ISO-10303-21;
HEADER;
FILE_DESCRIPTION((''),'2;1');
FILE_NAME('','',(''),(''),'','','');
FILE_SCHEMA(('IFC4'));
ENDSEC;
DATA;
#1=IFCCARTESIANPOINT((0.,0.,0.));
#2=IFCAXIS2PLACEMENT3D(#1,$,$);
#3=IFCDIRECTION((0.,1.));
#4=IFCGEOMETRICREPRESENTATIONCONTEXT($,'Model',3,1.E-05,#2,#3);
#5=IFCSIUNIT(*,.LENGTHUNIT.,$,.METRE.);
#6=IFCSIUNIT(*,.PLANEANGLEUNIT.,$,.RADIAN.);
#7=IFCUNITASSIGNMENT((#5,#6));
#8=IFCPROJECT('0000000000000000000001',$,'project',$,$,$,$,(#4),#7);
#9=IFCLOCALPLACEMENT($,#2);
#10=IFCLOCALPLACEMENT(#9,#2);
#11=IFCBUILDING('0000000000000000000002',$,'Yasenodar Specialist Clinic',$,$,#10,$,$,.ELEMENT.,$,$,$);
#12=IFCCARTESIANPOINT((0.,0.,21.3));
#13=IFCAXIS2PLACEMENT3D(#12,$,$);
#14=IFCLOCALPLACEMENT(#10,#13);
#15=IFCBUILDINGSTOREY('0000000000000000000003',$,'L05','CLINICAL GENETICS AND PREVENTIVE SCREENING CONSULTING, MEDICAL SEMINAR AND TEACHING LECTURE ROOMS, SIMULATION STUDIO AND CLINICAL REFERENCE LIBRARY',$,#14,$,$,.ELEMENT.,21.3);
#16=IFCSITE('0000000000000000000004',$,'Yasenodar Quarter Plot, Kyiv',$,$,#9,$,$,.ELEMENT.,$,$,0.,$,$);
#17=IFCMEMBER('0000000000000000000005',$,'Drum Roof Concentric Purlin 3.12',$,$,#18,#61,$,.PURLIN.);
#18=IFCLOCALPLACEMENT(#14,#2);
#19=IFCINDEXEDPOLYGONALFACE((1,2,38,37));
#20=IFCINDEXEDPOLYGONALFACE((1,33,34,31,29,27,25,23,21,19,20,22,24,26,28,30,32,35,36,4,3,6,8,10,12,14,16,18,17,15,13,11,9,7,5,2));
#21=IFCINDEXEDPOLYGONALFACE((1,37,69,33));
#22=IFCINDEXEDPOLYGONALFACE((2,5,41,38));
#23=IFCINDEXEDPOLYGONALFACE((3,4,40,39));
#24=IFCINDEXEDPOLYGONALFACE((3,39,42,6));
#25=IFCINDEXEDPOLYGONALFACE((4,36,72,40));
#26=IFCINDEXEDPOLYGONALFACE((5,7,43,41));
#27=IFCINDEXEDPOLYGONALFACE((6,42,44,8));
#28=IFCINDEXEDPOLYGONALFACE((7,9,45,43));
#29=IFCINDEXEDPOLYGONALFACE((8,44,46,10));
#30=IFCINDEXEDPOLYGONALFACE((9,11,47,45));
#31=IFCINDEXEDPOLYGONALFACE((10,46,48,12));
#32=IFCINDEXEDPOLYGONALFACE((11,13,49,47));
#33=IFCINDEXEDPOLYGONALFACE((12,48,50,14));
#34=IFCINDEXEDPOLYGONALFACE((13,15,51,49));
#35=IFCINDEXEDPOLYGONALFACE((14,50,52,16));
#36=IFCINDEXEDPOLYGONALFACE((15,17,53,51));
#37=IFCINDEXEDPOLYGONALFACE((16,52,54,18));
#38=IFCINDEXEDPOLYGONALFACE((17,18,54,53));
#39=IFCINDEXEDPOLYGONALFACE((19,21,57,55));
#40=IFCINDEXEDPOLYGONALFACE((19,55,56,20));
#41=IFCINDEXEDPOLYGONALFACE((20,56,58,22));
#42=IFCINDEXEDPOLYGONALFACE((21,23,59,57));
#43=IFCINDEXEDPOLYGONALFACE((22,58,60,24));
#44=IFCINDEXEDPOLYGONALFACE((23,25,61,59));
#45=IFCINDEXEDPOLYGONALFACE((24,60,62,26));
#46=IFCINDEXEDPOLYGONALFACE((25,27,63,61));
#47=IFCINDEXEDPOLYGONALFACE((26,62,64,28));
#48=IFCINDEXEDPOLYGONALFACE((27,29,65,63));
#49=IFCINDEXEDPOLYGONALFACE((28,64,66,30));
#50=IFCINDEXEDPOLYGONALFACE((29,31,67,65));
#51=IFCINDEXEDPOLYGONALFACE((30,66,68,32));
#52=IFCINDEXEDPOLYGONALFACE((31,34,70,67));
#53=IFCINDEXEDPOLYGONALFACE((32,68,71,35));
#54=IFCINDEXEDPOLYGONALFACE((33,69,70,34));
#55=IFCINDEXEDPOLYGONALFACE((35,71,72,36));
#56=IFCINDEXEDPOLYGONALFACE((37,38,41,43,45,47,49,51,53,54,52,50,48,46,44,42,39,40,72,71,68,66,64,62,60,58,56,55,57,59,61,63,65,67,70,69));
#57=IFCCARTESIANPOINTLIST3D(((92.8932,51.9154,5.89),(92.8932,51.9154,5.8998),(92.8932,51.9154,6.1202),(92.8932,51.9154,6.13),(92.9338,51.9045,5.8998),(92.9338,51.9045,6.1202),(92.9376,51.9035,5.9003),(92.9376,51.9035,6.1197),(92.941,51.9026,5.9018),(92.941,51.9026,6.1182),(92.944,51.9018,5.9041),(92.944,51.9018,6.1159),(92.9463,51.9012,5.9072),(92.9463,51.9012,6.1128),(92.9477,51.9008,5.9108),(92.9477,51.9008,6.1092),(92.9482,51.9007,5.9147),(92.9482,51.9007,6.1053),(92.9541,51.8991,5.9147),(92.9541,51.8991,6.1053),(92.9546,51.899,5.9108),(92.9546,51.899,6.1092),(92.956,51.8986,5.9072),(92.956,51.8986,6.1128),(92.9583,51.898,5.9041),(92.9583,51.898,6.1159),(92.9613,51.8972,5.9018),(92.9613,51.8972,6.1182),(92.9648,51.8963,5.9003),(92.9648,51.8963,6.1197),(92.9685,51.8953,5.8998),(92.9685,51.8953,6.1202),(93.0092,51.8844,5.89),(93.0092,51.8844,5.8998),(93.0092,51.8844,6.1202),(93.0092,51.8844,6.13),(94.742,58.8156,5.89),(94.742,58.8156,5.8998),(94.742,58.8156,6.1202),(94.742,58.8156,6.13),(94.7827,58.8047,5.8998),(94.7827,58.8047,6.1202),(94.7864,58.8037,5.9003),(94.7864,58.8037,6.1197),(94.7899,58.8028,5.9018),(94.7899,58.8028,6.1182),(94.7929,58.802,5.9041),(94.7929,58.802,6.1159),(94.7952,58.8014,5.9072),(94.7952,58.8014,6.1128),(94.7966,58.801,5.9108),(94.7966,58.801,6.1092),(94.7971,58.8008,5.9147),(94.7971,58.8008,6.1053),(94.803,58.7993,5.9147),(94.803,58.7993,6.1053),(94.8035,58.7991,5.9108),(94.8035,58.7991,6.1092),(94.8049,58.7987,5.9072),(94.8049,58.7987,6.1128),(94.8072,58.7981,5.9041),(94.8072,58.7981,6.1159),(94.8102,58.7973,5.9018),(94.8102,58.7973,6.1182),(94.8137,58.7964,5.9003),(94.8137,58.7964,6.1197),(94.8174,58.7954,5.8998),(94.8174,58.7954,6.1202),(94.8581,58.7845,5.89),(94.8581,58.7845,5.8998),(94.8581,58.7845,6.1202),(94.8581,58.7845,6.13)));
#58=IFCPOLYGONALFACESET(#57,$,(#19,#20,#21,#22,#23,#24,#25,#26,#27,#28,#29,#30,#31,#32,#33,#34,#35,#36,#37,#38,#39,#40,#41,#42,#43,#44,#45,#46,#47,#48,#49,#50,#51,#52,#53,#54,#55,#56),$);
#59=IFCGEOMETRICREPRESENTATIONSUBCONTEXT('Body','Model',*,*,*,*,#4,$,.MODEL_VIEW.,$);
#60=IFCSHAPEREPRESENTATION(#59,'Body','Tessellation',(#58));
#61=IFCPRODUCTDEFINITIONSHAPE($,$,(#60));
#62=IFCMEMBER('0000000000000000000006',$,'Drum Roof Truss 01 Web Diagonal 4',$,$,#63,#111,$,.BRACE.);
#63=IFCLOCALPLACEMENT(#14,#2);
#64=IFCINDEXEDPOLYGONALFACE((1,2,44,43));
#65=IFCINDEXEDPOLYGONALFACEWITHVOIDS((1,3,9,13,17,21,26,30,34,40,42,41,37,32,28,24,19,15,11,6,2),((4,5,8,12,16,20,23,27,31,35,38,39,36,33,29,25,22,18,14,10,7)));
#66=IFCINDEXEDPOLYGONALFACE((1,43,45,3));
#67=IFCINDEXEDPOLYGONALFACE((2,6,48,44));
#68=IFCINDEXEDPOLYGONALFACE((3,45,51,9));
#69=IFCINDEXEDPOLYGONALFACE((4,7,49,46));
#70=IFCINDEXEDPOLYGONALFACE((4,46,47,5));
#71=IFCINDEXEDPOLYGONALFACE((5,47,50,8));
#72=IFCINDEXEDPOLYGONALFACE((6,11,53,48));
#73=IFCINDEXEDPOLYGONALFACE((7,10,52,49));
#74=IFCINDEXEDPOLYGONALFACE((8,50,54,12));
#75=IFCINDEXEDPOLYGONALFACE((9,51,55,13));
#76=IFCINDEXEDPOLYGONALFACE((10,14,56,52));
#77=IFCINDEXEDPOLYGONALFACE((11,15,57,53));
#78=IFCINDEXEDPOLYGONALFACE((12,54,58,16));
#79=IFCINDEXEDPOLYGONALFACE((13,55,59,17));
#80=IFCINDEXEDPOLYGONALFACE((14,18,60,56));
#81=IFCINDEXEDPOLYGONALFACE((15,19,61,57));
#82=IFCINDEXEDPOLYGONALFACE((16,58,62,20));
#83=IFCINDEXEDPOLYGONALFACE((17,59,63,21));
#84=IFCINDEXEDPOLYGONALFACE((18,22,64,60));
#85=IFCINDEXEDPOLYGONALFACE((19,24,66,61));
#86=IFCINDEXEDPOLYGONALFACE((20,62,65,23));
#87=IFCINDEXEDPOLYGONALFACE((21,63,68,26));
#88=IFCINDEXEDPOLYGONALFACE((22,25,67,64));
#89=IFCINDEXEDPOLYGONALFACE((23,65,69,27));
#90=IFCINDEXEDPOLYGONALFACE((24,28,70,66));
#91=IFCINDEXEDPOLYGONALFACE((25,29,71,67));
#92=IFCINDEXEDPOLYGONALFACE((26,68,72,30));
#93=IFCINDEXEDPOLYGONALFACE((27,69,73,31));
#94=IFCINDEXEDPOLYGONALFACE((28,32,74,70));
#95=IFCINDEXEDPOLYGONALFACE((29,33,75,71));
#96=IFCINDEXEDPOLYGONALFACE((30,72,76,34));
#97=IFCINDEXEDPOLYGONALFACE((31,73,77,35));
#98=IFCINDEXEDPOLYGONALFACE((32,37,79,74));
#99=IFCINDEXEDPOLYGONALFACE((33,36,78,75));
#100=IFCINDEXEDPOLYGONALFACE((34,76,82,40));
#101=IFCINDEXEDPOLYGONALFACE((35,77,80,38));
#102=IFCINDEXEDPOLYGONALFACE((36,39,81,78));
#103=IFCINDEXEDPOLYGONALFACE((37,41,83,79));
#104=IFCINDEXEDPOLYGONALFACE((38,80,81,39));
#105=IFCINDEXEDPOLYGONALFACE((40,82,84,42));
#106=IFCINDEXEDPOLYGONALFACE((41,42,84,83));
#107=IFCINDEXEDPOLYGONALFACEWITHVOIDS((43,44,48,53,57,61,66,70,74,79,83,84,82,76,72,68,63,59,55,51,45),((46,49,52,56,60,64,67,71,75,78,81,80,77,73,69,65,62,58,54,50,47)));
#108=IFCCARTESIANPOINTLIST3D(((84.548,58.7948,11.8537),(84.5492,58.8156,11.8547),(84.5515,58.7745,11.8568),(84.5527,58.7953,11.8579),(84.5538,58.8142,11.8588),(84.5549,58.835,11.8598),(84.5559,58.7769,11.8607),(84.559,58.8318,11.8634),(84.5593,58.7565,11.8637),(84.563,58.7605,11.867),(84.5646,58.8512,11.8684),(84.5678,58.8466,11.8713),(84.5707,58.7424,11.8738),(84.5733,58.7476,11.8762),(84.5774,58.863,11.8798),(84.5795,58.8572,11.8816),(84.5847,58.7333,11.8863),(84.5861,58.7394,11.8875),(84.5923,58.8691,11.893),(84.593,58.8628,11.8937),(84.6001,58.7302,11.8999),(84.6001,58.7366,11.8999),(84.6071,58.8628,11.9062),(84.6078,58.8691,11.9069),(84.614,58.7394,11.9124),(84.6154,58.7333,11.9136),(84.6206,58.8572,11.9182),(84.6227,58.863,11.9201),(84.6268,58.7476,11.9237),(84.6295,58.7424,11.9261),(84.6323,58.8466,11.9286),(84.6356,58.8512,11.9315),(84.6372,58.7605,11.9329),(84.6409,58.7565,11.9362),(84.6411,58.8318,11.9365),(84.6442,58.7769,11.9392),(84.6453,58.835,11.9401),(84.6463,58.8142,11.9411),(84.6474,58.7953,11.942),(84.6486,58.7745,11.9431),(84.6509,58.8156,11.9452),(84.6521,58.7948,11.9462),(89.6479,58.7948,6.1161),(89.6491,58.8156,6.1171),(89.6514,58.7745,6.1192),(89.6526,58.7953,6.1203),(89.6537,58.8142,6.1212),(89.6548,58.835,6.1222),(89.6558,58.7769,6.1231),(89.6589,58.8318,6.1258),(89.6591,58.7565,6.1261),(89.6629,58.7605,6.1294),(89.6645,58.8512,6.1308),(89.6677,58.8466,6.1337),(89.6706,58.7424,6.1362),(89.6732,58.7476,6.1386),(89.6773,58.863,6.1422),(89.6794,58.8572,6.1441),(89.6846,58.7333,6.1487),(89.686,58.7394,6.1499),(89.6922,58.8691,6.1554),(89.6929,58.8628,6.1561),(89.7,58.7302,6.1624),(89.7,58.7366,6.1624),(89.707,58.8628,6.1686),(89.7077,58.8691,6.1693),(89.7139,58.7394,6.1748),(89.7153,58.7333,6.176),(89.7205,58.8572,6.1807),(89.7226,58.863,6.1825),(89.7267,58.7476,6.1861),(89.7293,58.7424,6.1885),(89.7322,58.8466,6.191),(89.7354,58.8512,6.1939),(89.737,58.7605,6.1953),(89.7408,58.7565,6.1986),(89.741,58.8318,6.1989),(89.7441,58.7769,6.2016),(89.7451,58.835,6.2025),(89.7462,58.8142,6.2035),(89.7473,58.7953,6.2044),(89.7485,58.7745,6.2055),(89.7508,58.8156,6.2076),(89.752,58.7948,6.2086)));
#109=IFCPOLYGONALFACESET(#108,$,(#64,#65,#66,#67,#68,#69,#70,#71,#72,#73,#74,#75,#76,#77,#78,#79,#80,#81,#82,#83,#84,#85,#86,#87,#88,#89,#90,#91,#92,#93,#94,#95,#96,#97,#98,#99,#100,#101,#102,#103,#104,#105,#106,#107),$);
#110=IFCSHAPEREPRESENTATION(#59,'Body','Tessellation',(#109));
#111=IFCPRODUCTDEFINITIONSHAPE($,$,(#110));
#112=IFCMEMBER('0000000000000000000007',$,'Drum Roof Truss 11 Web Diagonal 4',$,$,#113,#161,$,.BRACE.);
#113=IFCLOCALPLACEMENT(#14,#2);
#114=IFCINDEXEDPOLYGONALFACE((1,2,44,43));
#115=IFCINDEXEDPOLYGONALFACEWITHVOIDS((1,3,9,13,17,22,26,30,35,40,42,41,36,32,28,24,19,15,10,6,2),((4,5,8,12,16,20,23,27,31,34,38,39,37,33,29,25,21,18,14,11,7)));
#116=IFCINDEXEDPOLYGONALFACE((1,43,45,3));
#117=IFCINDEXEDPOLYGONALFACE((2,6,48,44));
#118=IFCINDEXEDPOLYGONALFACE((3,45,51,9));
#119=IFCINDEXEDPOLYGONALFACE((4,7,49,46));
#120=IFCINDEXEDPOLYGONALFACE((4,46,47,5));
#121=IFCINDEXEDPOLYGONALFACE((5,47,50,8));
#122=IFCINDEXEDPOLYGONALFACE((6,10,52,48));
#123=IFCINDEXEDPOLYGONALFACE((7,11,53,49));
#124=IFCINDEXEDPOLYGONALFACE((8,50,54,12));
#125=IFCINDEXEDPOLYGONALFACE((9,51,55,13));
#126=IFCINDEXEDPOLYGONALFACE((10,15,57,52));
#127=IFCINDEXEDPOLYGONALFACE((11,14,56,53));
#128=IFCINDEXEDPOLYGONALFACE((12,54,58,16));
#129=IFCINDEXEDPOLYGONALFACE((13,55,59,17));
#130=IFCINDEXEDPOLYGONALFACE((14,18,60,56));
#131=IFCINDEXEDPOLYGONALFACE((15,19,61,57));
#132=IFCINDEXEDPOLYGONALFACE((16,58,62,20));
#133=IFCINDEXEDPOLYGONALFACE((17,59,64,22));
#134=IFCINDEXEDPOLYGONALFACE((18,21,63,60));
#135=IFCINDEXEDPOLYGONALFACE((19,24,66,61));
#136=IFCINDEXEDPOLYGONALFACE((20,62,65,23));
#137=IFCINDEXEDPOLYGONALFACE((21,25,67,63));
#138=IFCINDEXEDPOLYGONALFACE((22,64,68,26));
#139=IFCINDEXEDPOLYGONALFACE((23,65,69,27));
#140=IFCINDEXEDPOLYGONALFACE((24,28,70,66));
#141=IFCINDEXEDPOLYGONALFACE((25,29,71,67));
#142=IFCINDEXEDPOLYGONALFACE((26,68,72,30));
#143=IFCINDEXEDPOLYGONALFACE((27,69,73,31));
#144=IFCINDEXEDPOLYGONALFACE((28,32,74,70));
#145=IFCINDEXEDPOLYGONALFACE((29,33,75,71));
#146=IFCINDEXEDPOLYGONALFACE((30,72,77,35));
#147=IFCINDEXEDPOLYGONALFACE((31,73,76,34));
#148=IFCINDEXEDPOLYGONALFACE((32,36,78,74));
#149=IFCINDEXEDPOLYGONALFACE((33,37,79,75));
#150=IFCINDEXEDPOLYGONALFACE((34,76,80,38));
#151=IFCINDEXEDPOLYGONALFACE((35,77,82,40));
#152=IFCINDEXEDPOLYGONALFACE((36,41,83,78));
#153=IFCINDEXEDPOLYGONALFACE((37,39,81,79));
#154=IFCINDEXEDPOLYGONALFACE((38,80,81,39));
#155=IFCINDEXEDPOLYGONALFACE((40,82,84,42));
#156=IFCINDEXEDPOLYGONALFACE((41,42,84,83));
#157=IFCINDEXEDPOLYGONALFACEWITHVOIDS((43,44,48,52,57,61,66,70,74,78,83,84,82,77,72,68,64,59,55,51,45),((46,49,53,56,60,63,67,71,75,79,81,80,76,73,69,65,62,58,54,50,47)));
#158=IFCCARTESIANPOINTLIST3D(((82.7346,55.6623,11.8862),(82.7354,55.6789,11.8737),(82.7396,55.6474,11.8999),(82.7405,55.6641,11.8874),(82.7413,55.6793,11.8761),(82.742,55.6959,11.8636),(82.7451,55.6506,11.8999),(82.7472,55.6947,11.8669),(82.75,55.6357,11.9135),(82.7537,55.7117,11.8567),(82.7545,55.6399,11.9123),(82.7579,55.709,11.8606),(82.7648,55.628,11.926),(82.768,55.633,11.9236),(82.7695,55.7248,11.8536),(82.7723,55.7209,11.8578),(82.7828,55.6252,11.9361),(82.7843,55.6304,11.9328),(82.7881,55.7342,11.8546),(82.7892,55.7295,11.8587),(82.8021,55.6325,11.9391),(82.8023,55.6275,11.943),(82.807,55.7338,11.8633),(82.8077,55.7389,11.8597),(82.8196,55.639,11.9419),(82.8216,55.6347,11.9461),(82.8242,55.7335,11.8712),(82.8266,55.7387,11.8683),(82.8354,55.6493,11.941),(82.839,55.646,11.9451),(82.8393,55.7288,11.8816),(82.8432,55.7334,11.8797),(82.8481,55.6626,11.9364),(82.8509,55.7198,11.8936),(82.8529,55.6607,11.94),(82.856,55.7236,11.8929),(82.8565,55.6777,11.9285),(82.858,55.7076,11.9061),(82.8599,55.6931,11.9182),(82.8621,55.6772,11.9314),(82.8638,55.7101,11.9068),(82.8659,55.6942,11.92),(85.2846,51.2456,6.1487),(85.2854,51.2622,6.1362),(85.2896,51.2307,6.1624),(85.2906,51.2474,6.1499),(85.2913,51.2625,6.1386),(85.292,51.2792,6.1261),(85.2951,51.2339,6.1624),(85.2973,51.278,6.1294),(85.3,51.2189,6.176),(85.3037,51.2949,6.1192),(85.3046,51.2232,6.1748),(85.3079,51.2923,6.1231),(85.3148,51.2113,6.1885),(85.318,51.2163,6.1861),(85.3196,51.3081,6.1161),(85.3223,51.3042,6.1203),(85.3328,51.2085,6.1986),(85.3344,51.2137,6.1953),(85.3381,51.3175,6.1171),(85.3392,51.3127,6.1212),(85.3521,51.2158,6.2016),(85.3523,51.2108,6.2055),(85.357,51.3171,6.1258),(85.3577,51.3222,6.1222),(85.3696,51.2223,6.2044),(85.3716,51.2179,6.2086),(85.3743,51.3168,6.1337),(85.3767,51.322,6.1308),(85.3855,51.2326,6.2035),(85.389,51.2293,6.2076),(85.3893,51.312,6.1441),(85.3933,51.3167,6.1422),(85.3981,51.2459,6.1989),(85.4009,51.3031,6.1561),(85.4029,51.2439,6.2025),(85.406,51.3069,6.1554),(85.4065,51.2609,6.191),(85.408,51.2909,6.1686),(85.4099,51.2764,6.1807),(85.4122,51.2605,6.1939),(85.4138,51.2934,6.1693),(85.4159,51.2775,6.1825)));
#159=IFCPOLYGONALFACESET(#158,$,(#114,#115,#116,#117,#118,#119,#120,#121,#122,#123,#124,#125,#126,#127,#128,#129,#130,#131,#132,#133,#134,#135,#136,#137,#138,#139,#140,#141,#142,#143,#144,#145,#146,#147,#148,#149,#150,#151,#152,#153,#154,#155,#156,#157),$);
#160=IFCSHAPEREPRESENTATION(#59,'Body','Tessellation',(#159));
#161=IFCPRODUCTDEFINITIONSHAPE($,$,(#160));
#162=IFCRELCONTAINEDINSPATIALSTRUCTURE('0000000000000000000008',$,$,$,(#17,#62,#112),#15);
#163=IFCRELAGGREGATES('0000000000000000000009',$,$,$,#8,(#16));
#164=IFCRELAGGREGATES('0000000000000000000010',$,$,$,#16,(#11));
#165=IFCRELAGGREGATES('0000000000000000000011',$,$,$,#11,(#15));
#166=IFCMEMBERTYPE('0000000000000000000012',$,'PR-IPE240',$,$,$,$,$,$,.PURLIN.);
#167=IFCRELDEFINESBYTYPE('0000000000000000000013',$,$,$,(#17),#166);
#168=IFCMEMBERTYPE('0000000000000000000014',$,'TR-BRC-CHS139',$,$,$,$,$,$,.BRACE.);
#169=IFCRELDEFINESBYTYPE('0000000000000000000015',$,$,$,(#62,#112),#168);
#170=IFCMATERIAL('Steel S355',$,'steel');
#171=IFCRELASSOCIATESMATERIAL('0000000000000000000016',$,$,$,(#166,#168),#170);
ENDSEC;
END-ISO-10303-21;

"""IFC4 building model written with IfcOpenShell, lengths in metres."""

from ifc_helpers import new_model, si_unit, direction, frame, origin, origin_2d, place, context, subcontext, project, spatial, hollow_circle, i_section, extrude, material, material_profile, profile_set, type_object, element, save


model = new_model("IFC4")

# Units and contexts
model_context = context("Model", 3, precision=1e-05, world=origin(), true_north=direction((0.0, 1.0)))
body_context = subcontext(model_context, "Body", "Model", "MODEL_VIEW")
ifc_project = project(units=[si_unit("LENGTHUNIT", "METRE"), si_unit("PLANEANGLEUNIT", "RADIAN")], contexts=[model_context])

# Site, building, storey
site_placement = place(None, origin())
site = spatial("IfcSite", under=ifc_project, at=site_placement, Name="Yasenodar Quarter Plot, Kyiv", CompositionType="ELEMENT", RefElevation=0.0)
building_placement = place(site_placement, origin())
building = spatial("IfcBuilding", under=site, at=building_placement, Name="Yasenodar Specialist Clinic", CompositionType="ELEMENT")
storey_placement = place(building_placement, frame((0.0, 0.0, 21.3)))
storey = spatial("IfcBuildingStorey", under=building, at=storey_placement, Name="L05", Description="CLINICAL GENETICS AND PREVENTIVE SCREENING CONSULTING, MEDICAL SEMINAR AND TEACHING LECTURE ROOMS, SIMULATION STUDIO AND CLINICAL REFERENCE LIBRARY", CompositionType="ELEMENT", Elevation=21.3)

# Shared definitions
ifc_material = material(Name="Steel S355", Category="steel")

# Members
ifc_material_profile_1 = material_profile(ifc_material, i_section(OverallWidth=0.1201, OverallDepth=0.24, WebThickness=0.0061, FlangeThickness=0.0098, FilletRadius=0.0149, at=origin_2d()), Name="IPE 240")
ifc_profile_set_1 = profile_set([ifc_material_profile_1], Name="Steel S355")
member_type_1 = type_object("IfcMemberType", Name="PR-IPE240", PredefinedType="PURLIN", material=ifc_profile_set_1)
member_1_placement = place(storey_placement, frame((92.9512, 51.8999, 6.01), z_axis=(0.258818, 0.965926, 0.0), x_axis=(-0.965926, 0.258818, 0.0)))
element("IfcMember", 1, at=member_1_placement, inside=storey, type_object=member_type_1, Name="Drum Roof Concentric Purlin 3.12", PredefinedType="PURLIN", context=body_context, shape_type="SweptSolid", body=[
    extrude(i_section(OverallWidth=0.1201, OverallDepth=0.24, WebThickness=0.0061, FlangeThickness=0.0098, FilletRadius=0.0149, at=origin_2d()), origin(), (0.0, 0.0, 1.0), 7.1436),
])
ifc_material_profile_2 = material_profile(ifc_material, hollow_circle(Radius=0.0698, WallThickness=0.0063, at=origin_2d()), Name="CHS 139.7x6.3")
ifc_profile_set_2 = profile_set([ifc_material_profile_2], Name="Steel S355")
member_type_2 = type_object("IfcMemberType", Name="TR-BRC-CHS139", PredefinedType="BRACE", material=ifc_profile_set_2)
for number, where, z_axis, x_axis, name in (
    (2, (89.7, 58.8, 6.1624), (-0.66435, 0.0, 0.747422), (0.0, -1.0, 0.0), "Drum Roof Truss 01 Web Diagonal 4"),
    (3, (85.3501, 51.2656, 6.1624), (-0.332186, 0.575354, 0.74741), (-0.866022, -0.500006, 0.0), "Drum Roof Truss 11 Web Diagonal 4"),
):
    element("IfcMember", number, at=place(storey_placement, frame(where, z_axis=z_axis, x_axis=x_axis)), inside=storey, type_object=member_type_2, Name=name, PredefinedType="BRACE", context=body_context, shape_type="SweptSolid", body=[
        extrude(hollow_circle(Radius=0.0698, WallThickness=0.0063, at=origin_2d()), origin(), (0.0, 0.0, 1.0), 7.6765),
    ])

save(model, "model.ifc")
